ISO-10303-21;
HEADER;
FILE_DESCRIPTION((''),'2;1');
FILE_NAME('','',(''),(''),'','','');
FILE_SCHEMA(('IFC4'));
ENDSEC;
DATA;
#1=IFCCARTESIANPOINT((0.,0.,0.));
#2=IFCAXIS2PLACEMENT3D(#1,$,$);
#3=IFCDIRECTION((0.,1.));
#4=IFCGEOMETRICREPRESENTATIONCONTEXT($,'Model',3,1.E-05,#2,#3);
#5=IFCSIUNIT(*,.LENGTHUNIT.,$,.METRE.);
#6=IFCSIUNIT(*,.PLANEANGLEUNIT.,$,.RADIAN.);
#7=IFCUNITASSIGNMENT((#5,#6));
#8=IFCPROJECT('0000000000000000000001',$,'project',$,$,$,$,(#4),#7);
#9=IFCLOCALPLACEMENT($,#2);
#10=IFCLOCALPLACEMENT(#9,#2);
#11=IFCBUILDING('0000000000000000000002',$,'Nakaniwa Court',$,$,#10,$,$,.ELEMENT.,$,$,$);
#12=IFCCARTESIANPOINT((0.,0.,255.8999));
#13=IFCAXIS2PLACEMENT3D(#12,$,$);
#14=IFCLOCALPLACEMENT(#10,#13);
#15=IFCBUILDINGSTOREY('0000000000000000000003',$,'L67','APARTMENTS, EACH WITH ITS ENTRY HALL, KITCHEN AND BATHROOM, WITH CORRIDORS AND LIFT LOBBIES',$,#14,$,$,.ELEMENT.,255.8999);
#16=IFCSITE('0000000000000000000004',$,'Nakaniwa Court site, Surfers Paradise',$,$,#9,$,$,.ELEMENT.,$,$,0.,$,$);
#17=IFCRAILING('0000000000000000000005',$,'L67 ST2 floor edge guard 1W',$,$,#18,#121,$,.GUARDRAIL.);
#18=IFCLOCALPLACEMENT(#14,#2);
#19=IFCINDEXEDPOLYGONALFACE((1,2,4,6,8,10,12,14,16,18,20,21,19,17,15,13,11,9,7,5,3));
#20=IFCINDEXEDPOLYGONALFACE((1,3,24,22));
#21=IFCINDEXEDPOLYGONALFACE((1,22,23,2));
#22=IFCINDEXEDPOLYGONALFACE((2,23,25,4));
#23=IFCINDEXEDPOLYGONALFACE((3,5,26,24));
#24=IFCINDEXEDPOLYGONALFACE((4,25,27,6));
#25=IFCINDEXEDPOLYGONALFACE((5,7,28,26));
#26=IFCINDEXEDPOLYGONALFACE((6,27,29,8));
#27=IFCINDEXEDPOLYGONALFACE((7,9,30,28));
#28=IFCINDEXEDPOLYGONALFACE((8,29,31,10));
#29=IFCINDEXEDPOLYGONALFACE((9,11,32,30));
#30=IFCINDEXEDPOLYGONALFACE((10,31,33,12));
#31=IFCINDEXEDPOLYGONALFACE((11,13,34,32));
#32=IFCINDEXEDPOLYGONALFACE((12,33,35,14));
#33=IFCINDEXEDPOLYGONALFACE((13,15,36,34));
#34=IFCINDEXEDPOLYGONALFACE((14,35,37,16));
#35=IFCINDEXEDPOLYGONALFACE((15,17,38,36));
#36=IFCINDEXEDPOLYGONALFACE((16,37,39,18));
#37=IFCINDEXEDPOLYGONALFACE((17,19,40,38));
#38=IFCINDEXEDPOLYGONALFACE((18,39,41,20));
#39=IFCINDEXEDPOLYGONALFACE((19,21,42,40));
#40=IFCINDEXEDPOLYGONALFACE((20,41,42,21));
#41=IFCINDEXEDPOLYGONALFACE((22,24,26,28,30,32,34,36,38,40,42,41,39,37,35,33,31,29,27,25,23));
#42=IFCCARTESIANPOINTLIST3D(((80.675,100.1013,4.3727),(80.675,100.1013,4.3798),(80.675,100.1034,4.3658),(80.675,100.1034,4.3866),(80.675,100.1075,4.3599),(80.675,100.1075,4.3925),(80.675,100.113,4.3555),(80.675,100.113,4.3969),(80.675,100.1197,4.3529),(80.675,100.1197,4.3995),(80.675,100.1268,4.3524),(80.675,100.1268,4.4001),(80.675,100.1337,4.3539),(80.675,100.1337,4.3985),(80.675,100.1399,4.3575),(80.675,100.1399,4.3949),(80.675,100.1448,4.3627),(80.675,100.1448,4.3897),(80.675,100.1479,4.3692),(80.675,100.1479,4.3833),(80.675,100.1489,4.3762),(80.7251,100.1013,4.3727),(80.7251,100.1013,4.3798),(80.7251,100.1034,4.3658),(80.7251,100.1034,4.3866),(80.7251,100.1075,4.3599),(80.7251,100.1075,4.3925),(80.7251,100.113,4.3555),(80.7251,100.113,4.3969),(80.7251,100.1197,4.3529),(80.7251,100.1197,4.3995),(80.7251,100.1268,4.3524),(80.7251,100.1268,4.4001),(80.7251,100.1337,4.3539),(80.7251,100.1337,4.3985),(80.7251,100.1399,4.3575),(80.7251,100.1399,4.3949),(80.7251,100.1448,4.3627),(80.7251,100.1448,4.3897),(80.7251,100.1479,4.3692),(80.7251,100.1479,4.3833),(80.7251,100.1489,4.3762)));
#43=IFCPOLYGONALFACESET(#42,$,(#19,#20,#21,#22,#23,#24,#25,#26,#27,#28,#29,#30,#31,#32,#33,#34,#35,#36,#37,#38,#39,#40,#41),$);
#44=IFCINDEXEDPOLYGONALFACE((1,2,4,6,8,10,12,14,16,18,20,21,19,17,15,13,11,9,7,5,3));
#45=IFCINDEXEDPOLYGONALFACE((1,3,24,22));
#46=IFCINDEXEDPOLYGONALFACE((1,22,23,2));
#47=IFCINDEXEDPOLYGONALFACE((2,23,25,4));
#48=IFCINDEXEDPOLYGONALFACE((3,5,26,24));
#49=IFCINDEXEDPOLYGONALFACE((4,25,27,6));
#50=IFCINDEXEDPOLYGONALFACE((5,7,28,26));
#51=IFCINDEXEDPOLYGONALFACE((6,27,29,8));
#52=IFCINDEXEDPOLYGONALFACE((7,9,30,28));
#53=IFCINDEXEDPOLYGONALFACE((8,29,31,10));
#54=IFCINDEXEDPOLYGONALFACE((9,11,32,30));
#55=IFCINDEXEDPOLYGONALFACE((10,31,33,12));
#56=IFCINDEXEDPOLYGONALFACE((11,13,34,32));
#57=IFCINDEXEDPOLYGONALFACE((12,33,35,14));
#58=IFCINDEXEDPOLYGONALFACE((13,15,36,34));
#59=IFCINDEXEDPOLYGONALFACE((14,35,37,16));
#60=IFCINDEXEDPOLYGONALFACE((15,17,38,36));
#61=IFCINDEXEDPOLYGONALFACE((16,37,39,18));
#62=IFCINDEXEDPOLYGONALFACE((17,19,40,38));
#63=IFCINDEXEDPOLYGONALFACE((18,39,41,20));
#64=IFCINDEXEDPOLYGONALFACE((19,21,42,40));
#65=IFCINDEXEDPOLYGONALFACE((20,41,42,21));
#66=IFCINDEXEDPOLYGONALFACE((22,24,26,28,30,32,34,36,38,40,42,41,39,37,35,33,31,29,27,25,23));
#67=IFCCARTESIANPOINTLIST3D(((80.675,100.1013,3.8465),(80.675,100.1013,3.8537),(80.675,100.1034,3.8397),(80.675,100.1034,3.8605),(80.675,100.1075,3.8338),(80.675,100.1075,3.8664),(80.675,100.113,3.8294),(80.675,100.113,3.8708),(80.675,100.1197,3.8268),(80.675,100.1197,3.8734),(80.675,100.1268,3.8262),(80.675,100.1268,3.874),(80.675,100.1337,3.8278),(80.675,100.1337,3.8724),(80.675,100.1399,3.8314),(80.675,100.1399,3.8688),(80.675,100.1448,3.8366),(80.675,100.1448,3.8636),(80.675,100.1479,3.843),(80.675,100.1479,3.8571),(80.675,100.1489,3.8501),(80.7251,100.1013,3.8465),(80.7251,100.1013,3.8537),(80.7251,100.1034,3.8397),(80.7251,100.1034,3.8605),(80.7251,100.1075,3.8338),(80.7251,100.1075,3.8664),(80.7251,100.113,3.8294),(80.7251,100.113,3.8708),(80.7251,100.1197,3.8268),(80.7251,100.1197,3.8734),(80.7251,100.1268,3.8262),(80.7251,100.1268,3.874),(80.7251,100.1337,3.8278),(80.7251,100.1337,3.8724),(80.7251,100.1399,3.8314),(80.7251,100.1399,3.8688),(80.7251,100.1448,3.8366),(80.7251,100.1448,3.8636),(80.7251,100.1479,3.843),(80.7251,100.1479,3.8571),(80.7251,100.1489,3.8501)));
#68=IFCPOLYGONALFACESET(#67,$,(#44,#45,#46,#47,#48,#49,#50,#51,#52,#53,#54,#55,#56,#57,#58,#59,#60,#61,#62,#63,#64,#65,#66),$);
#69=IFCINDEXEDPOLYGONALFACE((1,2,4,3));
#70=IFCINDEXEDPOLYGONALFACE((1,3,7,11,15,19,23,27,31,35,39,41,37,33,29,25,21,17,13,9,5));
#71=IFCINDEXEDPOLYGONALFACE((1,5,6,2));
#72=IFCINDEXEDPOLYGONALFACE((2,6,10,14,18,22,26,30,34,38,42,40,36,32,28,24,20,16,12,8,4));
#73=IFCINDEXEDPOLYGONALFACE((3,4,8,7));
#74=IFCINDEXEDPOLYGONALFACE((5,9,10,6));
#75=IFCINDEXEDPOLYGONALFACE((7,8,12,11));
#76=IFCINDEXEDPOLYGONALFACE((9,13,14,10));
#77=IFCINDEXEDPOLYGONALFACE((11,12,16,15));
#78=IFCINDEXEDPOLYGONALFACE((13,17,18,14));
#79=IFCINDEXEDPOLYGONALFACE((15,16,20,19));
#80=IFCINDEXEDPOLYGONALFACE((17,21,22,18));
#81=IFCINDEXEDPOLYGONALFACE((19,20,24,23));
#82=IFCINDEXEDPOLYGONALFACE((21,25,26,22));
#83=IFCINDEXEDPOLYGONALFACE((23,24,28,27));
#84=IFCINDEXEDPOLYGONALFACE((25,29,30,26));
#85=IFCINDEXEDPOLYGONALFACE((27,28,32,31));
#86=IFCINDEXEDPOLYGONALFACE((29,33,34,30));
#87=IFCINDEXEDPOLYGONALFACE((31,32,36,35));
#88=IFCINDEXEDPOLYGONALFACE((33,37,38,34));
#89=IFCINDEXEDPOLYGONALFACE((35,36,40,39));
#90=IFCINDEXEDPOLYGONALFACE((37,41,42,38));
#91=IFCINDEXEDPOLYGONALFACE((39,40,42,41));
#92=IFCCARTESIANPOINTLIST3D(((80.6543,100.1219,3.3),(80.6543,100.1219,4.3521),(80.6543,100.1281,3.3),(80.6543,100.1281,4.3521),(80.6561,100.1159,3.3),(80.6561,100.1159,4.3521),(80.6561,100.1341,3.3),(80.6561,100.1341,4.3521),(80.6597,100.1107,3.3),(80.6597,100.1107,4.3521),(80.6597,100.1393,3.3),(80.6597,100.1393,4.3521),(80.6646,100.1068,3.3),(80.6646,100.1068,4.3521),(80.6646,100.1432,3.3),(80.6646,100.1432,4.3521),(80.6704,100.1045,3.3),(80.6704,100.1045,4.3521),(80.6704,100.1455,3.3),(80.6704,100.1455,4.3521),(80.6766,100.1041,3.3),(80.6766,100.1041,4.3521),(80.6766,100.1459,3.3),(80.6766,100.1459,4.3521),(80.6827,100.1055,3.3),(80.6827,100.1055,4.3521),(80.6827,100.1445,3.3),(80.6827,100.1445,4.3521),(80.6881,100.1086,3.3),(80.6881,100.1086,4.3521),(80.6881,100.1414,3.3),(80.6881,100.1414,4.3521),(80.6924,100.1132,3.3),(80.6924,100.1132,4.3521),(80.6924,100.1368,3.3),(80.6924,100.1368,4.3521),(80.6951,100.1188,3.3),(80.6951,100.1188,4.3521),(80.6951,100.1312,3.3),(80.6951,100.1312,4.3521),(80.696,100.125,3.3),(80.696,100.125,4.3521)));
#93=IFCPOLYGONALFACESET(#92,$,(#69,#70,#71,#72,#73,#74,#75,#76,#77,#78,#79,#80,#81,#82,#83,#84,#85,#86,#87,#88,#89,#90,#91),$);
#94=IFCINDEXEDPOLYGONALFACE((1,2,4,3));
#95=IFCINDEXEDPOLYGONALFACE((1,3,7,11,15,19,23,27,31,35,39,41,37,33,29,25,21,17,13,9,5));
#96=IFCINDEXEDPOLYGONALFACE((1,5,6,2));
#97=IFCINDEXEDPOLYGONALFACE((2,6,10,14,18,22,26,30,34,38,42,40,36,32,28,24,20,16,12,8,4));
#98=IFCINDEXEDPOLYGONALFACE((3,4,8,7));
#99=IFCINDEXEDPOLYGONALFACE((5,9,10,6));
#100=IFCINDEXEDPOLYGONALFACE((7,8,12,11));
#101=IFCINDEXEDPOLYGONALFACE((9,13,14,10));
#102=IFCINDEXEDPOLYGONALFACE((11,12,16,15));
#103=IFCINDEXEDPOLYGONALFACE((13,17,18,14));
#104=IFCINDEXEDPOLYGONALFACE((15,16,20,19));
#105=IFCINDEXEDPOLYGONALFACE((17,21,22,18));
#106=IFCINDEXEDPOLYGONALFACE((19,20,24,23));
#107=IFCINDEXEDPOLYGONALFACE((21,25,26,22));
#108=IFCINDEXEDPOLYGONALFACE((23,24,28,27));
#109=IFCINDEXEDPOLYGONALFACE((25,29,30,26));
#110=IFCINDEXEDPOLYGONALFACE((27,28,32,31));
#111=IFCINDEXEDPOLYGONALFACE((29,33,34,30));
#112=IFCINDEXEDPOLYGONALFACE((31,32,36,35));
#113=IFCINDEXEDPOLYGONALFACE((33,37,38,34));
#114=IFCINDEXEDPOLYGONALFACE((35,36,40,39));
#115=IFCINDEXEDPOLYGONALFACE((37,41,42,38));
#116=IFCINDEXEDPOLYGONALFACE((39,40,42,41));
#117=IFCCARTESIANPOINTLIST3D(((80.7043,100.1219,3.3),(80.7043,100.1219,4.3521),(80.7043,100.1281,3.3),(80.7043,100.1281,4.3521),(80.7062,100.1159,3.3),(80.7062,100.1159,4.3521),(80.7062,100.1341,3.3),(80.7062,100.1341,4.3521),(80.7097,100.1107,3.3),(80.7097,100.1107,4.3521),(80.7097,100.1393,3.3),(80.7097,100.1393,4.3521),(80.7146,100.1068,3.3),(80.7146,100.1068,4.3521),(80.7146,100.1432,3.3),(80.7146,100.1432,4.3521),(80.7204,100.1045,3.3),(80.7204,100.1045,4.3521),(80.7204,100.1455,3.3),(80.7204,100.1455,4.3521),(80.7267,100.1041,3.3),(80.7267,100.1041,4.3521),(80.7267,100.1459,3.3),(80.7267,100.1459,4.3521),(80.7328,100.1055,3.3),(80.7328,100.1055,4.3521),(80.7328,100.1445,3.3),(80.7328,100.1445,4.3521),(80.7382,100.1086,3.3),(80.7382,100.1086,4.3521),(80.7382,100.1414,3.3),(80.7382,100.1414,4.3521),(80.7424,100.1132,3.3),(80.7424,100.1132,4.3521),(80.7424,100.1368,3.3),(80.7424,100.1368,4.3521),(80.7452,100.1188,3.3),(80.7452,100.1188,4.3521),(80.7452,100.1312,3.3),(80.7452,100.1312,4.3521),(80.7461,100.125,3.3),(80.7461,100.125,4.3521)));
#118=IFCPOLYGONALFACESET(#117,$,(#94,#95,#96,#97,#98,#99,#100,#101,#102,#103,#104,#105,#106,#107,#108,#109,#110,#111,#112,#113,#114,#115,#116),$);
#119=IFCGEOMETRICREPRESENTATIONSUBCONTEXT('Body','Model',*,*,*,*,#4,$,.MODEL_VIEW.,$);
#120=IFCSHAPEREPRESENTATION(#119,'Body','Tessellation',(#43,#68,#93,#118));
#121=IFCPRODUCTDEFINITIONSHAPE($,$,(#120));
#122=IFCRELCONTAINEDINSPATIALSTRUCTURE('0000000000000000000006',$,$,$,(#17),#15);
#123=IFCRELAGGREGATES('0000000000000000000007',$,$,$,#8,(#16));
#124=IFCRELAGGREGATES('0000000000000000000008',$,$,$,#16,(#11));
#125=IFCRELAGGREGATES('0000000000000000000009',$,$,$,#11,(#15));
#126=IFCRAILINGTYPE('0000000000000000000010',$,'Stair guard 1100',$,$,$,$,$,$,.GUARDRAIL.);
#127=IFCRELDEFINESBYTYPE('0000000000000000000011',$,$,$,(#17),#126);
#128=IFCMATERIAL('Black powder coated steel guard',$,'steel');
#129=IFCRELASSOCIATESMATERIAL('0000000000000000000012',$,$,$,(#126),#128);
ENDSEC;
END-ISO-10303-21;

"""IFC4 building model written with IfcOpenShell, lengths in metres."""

from ifc_helpers import new_model, si_unit, direction, frame, origin, origin_2d, place, context, subcontext, project, spatial, circle, extrude, material, type_object, element, save


model = new_model("IFC4")

# Units and contexts
model_context = context("Model", 3, precision=1e-05, world=origin(), true_north=direction((0.0, 1.0)))
body_context = subcontext(model_context, "Body", "Model", "MODEL_VIEW")
ifc_project = project(units=[si_unit("LENGTHUNIT", "METRE"), si_unit("PLANEANGLEUNIT", "RADIAN")], contexts=[model_context])

# Site, building, storey
site_placement = place(None, origin())
site = spatial("IfcSite", under=ifc_project, at=site_placement, Name="Nakaniwa Court site, Surfers Paradise", CompositionType="ELEMENT", RefElevation=0.0)
building_placement = place(site_placement, origin())
building = spatial("IfcBuilding", under=site, at=building_placement, Name="Nakaniwa Court", CompositionType="ELEMENT")
storey_placement = place(building_placement, frame((0.0, 0.0, 255.8999)))
storey = spatial("IfcBuildingStorey", under=building, at=storey_placement, Name="L67", Description="APARTMENTS, EACH WITH ITS ENTRY HALL, KITCHEN AND BATHROOM, WITH CORRIDORS AND LIFT LOBBIES", CompositionType="ELEMENT", Elevation=255.8999)

# Railing
ifc_material_1 = material(Name="Black powder coated steel guard", Category="steel")
railing_type_1 = type_object("IfcRailingType", Name="Stair guard 1100", PredefinedType="GUARDRAIL", material=ifc_material_1)
for number, where, name in (
    (1, (80.675, 100.125, 3.3), "L67 ST2 floor edge guard 1W"),
):
    element("IfcRailing", number, at=place(storey_placement, frame(where)), inside=storey, type_object=railing_type_1, Name=name, PredefinedType="GUARDRAIL", context=body_context, shape_type="SweptSolid", body=[
        extrude(circle(Radius=0.0239, at=origin_2d()), frame((0.0, 0.0, 1.0762), z_axis=(1.0, 0.0, 0.0), x_axis=(0.0, 1.0, 0.0)), (0.0, 0.0, 1.0), 0.05),
        extrude(circle(Radius=0.0239, at=origin_2d()), frame((0.0, 0.0, 0.55), z_axis=(1.0, 0.0, 0.0), x_axis=(0.0, 1.0, 0.0)), (0.0, 0.0, 1.0), 0.05),
        extrude(circle(Radius=0.021, at=origin_2d()), origin(), (0.0, 0.0, 1.0), 1.052),
        extrude(circle(Radius=0.021, at=origin_2d()), frame((0.05, 0.0, 0.0)), (0.0, 0.0, 1.0), 1.052),
    ])

save(model, "model.ifc")
